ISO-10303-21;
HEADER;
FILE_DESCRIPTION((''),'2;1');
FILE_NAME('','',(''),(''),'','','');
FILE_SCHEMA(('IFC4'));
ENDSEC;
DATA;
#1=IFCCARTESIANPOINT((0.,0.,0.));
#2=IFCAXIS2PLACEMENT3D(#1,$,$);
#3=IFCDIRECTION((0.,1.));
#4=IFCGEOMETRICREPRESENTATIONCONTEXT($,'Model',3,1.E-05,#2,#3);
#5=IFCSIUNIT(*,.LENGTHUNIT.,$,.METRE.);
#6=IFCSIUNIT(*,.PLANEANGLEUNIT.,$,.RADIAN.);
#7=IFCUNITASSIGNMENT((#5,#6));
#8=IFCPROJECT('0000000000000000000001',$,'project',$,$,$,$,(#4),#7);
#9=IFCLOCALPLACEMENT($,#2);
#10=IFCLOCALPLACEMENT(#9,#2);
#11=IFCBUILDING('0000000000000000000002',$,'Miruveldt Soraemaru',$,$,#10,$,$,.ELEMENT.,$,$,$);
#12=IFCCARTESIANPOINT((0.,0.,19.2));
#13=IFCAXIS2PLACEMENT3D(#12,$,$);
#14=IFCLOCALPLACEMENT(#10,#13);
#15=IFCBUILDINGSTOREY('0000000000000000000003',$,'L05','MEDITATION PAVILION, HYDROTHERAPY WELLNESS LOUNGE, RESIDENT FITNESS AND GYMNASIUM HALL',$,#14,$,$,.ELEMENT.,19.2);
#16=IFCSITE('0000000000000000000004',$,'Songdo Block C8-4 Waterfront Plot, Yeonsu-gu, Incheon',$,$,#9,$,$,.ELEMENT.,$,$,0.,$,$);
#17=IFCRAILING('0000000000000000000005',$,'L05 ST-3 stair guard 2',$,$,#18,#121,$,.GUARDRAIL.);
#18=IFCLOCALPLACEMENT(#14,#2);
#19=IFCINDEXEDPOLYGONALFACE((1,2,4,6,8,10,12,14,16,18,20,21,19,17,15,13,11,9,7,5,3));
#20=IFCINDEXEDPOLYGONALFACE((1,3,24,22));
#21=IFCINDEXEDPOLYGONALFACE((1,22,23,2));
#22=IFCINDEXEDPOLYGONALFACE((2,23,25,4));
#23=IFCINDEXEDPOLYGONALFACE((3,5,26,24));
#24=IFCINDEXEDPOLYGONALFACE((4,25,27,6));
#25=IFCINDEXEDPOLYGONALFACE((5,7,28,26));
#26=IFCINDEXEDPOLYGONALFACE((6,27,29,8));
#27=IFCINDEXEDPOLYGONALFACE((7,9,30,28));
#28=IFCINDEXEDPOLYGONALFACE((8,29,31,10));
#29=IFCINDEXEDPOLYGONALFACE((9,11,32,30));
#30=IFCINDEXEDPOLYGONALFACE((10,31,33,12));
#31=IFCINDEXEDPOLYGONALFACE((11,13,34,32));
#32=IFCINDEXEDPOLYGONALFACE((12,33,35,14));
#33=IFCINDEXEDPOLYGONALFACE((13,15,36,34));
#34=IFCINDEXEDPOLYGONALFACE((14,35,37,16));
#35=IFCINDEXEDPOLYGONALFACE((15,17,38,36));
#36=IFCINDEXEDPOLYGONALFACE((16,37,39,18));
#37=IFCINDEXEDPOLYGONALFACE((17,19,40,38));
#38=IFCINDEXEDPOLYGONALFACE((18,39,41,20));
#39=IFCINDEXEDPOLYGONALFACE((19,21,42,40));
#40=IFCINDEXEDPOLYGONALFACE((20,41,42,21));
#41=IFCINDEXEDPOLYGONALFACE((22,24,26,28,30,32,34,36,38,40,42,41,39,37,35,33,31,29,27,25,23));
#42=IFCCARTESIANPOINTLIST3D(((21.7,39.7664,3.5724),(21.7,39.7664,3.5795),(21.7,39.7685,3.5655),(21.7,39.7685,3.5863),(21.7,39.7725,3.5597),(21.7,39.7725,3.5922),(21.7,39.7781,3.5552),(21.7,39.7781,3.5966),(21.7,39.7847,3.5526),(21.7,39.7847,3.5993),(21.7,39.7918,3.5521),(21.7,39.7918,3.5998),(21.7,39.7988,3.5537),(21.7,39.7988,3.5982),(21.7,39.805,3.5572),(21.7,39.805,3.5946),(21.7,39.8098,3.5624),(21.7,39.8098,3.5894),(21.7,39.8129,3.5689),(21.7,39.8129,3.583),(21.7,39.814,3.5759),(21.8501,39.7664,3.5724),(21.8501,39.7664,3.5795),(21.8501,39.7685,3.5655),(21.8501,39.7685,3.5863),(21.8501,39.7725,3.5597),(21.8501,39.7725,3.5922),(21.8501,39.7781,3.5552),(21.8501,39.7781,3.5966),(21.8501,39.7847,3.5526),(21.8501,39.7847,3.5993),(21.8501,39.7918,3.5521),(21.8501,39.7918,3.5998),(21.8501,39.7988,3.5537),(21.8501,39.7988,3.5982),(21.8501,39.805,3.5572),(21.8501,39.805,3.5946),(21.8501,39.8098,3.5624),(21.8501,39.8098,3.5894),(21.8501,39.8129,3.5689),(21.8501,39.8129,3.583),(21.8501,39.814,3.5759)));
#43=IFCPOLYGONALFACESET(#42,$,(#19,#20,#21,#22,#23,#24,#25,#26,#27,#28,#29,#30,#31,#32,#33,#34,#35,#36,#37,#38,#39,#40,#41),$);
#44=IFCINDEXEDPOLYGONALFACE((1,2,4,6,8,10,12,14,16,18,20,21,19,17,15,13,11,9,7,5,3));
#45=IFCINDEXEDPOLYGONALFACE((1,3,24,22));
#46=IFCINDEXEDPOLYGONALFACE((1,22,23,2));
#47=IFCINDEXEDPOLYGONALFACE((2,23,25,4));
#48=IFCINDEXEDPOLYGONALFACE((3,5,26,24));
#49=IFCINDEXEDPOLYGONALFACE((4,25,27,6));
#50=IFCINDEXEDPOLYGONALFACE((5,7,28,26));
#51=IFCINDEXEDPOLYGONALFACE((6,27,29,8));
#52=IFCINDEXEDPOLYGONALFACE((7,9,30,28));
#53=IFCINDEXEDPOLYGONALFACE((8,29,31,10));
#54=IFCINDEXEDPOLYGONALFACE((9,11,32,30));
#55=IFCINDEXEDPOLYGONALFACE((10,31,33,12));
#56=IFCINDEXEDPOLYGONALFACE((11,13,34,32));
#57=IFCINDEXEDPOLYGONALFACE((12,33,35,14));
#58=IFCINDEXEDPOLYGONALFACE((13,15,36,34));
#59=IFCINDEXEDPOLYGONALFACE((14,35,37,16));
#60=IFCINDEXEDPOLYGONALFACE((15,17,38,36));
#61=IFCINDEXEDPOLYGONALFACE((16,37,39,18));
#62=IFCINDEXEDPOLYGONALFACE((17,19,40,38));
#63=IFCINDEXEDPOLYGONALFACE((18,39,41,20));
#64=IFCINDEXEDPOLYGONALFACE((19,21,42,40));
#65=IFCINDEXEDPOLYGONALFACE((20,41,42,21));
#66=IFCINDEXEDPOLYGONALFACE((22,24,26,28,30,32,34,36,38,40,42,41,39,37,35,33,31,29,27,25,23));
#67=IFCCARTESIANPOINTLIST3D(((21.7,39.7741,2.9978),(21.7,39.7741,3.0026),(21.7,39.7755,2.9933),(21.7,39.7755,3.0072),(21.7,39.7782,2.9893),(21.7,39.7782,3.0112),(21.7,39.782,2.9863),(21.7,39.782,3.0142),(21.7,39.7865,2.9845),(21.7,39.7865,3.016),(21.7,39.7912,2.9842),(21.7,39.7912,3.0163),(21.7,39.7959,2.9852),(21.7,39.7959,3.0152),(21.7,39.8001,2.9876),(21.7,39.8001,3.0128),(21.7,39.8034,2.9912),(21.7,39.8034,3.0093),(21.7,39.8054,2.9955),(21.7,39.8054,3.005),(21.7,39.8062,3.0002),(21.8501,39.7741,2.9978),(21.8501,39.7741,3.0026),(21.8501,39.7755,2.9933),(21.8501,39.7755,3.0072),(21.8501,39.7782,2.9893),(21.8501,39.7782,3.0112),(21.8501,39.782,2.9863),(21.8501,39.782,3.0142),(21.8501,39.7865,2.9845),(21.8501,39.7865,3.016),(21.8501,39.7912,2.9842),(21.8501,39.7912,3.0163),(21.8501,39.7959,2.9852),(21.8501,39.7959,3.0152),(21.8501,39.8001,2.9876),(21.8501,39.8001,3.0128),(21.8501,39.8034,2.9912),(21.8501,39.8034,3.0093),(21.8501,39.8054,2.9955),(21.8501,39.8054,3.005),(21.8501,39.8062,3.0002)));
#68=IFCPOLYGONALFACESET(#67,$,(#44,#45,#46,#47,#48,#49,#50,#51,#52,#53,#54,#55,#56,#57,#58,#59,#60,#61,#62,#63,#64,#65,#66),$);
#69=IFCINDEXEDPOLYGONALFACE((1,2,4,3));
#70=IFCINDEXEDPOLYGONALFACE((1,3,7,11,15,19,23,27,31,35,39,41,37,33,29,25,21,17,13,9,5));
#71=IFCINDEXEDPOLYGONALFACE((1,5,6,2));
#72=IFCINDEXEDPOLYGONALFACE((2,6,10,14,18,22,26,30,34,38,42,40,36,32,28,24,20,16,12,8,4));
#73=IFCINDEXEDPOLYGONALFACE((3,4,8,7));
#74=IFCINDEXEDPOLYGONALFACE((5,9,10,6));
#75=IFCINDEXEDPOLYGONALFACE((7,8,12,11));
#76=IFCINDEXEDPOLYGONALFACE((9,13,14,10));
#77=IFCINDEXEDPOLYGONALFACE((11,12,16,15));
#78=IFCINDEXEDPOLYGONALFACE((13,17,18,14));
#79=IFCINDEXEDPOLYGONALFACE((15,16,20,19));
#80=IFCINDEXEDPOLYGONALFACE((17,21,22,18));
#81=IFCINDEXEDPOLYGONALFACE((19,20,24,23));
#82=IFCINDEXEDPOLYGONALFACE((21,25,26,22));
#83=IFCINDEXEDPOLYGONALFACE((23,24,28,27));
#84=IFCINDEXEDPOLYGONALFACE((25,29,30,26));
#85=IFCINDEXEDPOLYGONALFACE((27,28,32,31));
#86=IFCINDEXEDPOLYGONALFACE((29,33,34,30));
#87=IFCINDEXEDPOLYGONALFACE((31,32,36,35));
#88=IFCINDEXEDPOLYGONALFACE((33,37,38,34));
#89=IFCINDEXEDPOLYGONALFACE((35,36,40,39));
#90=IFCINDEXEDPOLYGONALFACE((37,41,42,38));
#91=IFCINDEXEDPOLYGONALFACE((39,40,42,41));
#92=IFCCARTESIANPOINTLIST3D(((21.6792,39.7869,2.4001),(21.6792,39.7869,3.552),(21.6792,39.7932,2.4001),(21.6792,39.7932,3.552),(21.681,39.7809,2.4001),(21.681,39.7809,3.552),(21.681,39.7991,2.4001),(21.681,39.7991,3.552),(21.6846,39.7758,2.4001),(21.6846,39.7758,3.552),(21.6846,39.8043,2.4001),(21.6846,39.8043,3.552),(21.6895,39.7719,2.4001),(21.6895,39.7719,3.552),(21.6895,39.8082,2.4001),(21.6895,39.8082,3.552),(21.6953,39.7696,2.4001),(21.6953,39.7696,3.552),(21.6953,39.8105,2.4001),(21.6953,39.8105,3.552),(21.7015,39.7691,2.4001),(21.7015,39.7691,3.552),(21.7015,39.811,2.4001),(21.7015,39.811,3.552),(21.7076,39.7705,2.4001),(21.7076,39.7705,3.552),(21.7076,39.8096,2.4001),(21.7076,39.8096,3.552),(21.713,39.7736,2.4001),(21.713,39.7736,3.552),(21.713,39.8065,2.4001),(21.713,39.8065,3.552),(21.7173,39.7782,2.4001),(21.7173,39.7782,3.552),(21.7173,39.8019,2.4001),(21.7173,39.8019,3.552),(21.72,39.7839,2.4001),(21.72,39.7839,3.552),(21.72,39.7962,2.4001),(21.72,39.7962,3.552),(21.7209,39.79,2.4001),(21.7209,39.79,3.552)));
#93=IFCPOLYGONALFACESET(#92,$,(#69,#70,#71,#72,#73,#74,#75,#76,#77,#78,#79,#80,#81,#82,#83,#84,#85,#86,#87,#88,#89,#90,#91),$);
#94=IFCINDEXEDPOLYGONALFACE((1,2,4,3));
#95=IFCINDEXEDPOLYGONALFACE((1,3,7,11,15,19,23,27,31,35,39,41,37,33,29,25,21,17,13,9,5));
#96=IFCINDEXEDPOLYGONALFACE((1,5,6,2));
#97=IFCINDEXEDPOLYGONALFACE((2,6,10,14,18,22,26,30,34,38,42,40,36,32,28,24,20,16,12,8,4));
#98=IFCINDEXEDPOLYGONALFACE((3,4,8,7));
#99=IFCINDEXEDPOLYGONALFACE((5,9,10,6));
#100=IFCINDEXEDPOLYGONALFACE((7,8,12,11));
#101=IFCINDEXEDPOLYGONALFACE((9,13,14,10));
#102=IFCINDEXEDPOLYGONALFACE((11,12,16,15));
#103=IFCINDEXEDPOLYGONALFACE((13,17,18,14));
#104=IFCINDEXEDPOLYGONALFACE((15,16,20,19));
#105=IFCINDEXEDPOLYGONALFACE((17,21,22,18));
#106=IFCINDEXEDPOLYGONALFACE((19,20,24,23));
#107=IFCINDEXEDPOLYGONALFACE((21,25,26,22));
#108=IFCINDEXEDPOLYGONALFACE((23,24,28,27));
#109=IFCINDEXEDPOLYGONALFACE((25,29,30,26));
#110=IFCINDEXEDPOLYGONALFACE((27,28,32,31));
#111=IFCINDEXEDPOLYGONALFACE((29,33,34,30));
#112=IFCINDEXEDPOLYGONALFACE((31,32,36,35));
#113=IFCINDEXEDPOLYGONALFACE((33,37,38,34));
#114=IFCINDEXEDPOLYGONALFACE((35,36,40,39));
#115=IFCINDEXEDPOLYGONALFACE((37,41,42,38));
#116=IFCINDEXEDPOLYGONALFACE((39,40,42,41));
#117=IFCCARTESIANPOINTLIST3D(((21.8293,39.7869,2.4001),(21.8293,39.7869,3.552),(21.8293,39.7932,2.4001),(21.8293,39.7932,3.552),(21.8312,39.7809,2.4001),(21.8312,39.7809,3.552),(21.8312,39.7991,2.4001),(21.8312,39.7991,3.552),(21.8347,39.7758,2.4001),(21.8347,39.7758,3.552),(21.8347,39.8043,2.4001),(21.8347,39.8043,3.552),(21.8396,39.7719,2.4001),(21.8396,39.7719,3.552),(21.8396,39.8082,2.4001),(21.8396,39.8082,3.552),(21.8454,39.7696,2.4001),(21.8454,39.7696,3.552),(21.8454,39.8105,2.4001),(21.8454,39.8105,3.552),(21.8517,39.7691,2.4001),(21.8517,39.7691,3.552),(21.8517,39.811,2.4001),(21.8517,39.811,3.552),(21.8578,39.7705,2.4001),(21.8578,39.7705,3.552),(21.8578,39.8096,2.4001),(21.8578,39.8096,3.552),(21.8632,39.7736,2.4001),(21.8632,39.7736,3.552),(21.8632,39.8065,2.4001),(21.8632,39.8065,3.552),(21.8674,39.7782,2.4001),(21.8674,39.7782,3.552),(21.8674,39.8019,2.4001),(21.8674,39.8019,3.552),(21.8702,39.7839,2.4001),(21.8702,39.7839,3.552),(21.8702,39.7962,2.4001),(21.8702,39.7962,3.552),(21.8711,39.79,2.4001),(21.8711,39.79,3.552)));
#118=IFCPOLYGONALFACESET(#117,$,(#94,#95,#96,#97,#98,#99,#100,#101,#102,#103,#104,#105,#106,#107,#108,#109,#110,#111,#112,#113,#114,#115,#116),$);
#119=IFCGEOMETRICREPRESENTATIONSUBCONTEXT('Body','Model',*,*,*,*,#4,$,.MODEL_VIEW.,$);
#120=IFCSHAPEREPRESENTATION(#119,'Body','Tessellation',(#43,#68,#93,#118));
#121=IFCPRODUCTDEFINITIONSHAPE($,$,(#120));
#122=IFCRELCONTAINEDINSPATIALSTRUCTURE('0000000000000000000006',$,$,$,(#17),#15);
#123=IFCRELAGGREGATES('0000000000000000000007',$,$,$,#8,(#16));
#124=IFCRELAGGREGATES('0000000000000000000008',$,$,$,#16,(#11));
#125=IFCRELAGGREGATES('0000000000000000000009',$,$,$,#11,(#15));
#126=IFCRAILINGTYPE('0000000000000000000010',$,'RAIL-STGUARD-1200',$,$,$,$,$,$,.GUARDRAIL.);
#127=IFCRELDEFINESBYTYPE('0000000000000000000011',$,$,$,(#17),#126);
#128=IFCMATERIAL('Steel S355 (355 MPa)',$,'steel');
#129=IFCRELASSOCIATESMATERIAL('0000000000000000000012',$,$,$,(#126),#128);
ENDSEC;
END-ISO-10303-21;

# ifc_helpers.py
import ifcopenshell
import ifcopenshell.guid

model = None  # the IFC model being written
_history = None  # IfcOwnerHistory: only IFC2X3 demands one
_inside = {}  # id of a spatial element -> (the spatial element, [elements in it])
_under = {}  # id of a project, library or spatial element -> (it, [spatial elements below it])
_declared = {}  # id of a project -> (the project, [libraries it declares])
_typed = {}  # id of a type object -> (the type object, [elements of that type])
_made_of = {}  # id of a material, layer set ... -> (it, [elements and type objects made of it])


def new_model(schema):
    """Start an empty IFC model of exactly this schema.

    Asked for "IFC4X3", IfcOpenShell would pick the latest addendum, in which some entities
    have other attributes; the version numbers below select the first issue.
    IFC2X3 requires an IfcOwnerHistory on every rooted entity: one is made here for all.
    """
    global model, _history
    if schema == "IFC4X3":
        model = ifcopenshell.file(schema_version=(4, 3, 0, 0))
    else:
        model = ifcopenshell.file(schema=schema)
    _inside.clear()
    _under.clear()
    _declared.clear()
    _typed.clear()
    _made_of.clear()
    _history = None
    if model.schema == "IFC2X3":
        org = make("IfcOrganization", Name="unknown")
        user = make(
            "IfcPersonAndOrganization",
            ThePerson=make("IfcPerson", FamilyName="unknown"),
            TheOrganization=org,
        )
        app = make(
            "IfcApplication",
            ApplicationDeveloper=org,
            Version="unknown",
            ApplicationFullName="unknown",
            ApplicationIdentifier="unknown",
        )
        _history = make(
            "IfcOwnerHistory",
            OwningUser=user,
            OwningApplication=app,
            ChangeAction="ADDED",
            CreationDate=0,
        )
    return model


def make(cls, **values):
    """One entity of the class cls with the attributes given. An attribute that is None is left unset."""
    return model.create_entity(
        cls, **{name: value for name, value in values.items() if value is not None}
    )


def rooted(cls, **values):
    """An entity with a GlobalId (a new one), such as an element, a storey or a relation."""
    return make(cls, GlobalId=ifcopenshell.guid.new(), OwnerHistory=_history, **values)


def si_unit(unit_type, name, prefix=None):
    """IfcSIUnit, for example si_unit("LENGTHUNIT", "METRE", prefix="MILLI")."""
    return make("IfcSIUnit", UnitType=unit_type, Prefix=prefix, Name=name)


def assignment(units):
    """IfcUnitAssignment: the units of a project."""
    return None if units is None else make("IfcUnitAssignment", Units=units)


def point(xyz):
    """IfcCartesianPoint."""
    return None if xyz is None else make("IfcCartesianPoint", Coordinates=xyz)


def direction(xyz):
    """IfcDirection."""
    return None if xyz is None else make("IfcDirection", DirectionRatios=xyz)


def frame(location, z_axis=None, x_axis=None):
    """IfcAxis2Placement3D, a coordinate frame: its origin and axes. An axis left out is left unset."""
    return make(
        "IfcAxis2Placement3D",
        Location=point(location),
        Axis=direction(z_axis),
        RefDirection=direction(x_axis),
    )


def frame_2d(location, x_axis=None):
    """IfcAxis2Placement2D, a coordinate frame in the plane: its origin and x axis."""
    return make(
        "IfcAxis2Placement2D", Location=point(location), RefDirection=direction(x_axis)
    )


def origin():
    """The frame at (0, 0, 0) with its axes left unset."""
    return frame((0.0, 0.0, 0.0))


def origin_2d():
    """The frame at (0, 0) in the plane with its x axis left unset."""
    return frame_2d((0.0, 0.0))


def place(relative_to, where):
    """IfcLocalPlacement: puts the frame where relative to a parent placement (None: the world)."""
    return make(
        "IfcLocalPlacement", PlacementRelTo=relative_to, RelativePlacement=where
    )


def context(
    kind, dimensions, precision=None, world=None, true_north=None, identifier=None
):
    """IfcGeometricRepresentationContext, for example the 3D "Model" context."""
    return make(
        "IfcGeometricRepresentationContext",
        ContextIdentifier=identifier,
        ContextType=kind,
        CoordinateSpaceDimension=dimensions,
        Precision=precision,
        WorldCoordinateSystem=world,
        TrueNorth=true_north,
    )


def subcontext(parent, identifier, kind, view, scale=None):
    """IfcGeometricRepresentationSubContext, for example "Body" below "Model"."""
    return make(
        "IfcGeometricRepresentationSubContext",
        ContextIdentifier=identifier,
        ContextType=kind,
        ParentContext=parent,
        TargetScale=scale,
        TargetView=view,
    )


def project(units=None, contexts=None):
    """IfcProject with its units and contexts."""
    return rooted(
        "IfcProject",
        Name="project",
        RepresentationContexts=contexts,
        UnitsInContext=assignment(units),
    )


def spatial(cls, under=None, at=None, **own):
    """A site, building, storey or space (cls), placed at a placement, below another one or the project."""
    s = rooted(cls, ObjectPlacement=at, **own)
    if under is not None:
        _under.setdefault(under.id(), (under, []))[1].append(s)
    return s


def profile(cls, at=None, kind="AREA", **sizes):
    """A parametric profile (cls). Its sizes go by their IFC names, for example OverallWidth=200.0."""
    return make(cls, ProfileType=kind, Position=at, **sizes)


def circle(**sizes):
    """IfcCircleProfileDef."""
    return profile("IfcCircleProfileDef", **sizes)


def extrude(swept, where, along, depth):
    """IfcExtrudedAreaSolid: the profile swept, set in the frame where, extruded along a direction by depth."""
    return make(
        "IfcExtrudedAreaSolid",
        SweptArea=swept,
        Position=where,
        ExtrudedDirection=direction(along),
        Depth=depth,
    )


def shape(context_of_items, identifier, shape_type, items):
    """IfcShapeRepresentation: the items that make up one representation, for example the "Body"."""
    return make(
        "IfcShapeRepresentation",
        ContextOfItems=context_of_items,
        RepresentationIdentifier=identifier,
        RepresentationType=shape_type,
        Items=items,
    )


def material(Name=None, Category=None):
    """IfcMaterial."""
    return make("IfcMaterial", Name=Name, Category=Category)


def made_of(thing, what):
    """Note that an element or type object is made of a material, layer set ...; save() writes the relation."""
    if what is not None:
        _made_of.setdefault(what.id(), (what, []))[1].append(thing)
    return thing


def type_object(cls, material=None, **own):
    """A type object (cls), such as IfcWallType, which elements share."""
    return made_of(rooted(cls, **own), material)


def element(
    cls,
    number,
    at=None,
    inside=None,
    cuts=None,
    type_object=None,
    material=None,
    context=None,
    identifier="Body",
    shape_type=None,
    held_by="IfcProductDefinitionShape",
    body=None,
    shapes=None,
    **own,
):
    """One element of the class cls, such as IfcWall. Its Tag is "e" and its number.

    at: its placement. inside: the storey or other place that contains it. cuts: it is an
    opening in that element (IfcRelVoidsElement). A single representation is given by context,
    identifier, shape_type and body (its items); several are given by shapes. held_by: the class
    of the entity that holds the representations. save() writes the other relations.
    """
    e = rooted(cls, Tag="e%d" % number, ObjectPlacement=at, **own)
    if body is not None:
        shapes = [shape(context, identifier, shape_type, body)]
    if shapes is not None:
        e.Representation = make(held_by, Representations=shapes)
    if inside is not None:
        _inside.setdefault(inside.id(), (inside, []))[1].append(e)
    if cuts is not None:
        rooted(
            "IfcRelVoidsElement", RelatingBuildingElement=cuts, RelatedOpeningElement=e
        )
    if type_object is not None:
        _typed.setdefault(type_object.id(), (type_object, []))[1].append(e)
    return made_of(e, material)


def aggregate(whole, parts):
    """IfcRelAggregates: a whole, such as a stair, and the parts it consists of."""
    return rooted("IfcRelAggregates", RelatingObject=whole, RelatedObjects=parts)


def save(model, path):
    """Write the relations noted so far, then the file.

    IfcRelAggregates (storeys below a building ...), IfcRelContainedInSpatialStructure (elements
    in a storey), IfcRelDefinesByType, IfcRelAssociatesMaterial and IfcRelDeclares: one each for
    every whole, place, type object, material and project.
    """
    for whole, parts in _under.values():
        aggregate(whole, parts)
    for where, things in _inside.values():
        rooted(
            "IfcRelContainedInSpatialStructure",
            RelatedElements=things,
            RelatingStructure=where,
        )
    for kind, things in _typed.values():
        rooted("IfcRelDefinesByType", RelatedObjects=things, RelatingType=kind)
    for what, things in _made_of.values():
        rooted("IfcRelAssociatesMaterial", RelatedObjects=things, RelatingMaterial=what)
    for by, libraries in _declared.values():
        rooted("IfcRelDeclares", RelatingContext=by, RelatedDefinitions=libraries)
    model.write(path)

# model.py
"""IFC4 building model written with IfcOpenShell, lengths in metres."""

from ifc_helpers import new_model, si_unit, direction, frame, origin, origin_2d, place, context, subcontext, project, spatial, circle, extrude, material, type_object, element, save


model = new_model("IFC4")

# Units and contexts
model_context = context("Model", 3, precision=1e-05, world=origin(), true_north=direction((0.0, 1.0)))
body_context = subcontext(model_context, "Body", "Model", "MODEL_VIEW")
ifc_project = project(units=[si_unit("LENGTHUNIT", "METRE"), si_unit("PLANEANGLEUNIT", "RADIAN")], contexts=[model_context])

# Site, building, storey
site_placement = place(None, origin())
site = spatial("IfcSite", under=ifc_project, at=site_placement, Name="Songdo Block C8-4 Waterfront Plot, Yeonsu-gu, Incheon", CompositionType="ELEMENT", RefElevation=0.0)
building_placement = place(site_placement, origin())
building = spatial("IfcBuilding", under=site, at=building_placement, Name="Miruveldt Soraemaru", CompositionType="ELEMENT")
storey_placement = place(building_placement, frame((0.0, 0.0, 19.2)))
storey = spatial("IfcBuildingStorey", under=building, at=storey_placement, Name="L05", Description="MEDITATION PAVILION, HYDROTHERAPY WELLNESS LOUNGE, RESIDENT FITNESS AND GYMNASIUM HALL", CompositionType="ELEMENT", Elevation=19.2)

# Railing
ifc_material_1 = material(Name="Steel S355 (355 MPa)", Category="steel")
railing_type_1 = type_object("IfcRailingType", Name="RAIL-STGUARD-1200", PredefinedType="GUARDRAIL", material=ifc_material_1)
railing_1_placement = place(storey_placement, frame((21.7, 39.79, 2.4001)))
element("IfcRailing", 1, at=railing_1_placement, inside=storey, type_object=railing_type_1, Name="L05 ST-3 stair guard 2", PredefinedType="GUARDRAIL", context=body_context, shape_type="SweptSolid", body=[
    extrude(circle(Radius=0.0239, at=origin_2d()), frame((0.0, 0.0, 1.1758), z_axis=(1.0, 0.0, 0.0), x_axis=(0.0, 1.0, 0.0)), (0.0, 0.0, 1.0), 0.1501),
    extrude(circle(Radius=0.0161, at=origin_2d()), frame((0.0, 0.0, 0.6001), z_axis=(1.0, 0.0, 0.0), x_axis=(0.0, 1.0, 0.0)), (0.0, 0.0, 1.0), 0.1501),
    extrude(circle(Radius=0.021, at=origin_2d()), origin(), (0.0, 0.0, 1.0), 1.1519),
    extrude(circle(Radius=0.021, at=origin_2d()), frame((0.1501, 0.0, 0.0)), (0.0, 0.0, 1.0), 1.1519),
])

save(model, "model.ifc")
